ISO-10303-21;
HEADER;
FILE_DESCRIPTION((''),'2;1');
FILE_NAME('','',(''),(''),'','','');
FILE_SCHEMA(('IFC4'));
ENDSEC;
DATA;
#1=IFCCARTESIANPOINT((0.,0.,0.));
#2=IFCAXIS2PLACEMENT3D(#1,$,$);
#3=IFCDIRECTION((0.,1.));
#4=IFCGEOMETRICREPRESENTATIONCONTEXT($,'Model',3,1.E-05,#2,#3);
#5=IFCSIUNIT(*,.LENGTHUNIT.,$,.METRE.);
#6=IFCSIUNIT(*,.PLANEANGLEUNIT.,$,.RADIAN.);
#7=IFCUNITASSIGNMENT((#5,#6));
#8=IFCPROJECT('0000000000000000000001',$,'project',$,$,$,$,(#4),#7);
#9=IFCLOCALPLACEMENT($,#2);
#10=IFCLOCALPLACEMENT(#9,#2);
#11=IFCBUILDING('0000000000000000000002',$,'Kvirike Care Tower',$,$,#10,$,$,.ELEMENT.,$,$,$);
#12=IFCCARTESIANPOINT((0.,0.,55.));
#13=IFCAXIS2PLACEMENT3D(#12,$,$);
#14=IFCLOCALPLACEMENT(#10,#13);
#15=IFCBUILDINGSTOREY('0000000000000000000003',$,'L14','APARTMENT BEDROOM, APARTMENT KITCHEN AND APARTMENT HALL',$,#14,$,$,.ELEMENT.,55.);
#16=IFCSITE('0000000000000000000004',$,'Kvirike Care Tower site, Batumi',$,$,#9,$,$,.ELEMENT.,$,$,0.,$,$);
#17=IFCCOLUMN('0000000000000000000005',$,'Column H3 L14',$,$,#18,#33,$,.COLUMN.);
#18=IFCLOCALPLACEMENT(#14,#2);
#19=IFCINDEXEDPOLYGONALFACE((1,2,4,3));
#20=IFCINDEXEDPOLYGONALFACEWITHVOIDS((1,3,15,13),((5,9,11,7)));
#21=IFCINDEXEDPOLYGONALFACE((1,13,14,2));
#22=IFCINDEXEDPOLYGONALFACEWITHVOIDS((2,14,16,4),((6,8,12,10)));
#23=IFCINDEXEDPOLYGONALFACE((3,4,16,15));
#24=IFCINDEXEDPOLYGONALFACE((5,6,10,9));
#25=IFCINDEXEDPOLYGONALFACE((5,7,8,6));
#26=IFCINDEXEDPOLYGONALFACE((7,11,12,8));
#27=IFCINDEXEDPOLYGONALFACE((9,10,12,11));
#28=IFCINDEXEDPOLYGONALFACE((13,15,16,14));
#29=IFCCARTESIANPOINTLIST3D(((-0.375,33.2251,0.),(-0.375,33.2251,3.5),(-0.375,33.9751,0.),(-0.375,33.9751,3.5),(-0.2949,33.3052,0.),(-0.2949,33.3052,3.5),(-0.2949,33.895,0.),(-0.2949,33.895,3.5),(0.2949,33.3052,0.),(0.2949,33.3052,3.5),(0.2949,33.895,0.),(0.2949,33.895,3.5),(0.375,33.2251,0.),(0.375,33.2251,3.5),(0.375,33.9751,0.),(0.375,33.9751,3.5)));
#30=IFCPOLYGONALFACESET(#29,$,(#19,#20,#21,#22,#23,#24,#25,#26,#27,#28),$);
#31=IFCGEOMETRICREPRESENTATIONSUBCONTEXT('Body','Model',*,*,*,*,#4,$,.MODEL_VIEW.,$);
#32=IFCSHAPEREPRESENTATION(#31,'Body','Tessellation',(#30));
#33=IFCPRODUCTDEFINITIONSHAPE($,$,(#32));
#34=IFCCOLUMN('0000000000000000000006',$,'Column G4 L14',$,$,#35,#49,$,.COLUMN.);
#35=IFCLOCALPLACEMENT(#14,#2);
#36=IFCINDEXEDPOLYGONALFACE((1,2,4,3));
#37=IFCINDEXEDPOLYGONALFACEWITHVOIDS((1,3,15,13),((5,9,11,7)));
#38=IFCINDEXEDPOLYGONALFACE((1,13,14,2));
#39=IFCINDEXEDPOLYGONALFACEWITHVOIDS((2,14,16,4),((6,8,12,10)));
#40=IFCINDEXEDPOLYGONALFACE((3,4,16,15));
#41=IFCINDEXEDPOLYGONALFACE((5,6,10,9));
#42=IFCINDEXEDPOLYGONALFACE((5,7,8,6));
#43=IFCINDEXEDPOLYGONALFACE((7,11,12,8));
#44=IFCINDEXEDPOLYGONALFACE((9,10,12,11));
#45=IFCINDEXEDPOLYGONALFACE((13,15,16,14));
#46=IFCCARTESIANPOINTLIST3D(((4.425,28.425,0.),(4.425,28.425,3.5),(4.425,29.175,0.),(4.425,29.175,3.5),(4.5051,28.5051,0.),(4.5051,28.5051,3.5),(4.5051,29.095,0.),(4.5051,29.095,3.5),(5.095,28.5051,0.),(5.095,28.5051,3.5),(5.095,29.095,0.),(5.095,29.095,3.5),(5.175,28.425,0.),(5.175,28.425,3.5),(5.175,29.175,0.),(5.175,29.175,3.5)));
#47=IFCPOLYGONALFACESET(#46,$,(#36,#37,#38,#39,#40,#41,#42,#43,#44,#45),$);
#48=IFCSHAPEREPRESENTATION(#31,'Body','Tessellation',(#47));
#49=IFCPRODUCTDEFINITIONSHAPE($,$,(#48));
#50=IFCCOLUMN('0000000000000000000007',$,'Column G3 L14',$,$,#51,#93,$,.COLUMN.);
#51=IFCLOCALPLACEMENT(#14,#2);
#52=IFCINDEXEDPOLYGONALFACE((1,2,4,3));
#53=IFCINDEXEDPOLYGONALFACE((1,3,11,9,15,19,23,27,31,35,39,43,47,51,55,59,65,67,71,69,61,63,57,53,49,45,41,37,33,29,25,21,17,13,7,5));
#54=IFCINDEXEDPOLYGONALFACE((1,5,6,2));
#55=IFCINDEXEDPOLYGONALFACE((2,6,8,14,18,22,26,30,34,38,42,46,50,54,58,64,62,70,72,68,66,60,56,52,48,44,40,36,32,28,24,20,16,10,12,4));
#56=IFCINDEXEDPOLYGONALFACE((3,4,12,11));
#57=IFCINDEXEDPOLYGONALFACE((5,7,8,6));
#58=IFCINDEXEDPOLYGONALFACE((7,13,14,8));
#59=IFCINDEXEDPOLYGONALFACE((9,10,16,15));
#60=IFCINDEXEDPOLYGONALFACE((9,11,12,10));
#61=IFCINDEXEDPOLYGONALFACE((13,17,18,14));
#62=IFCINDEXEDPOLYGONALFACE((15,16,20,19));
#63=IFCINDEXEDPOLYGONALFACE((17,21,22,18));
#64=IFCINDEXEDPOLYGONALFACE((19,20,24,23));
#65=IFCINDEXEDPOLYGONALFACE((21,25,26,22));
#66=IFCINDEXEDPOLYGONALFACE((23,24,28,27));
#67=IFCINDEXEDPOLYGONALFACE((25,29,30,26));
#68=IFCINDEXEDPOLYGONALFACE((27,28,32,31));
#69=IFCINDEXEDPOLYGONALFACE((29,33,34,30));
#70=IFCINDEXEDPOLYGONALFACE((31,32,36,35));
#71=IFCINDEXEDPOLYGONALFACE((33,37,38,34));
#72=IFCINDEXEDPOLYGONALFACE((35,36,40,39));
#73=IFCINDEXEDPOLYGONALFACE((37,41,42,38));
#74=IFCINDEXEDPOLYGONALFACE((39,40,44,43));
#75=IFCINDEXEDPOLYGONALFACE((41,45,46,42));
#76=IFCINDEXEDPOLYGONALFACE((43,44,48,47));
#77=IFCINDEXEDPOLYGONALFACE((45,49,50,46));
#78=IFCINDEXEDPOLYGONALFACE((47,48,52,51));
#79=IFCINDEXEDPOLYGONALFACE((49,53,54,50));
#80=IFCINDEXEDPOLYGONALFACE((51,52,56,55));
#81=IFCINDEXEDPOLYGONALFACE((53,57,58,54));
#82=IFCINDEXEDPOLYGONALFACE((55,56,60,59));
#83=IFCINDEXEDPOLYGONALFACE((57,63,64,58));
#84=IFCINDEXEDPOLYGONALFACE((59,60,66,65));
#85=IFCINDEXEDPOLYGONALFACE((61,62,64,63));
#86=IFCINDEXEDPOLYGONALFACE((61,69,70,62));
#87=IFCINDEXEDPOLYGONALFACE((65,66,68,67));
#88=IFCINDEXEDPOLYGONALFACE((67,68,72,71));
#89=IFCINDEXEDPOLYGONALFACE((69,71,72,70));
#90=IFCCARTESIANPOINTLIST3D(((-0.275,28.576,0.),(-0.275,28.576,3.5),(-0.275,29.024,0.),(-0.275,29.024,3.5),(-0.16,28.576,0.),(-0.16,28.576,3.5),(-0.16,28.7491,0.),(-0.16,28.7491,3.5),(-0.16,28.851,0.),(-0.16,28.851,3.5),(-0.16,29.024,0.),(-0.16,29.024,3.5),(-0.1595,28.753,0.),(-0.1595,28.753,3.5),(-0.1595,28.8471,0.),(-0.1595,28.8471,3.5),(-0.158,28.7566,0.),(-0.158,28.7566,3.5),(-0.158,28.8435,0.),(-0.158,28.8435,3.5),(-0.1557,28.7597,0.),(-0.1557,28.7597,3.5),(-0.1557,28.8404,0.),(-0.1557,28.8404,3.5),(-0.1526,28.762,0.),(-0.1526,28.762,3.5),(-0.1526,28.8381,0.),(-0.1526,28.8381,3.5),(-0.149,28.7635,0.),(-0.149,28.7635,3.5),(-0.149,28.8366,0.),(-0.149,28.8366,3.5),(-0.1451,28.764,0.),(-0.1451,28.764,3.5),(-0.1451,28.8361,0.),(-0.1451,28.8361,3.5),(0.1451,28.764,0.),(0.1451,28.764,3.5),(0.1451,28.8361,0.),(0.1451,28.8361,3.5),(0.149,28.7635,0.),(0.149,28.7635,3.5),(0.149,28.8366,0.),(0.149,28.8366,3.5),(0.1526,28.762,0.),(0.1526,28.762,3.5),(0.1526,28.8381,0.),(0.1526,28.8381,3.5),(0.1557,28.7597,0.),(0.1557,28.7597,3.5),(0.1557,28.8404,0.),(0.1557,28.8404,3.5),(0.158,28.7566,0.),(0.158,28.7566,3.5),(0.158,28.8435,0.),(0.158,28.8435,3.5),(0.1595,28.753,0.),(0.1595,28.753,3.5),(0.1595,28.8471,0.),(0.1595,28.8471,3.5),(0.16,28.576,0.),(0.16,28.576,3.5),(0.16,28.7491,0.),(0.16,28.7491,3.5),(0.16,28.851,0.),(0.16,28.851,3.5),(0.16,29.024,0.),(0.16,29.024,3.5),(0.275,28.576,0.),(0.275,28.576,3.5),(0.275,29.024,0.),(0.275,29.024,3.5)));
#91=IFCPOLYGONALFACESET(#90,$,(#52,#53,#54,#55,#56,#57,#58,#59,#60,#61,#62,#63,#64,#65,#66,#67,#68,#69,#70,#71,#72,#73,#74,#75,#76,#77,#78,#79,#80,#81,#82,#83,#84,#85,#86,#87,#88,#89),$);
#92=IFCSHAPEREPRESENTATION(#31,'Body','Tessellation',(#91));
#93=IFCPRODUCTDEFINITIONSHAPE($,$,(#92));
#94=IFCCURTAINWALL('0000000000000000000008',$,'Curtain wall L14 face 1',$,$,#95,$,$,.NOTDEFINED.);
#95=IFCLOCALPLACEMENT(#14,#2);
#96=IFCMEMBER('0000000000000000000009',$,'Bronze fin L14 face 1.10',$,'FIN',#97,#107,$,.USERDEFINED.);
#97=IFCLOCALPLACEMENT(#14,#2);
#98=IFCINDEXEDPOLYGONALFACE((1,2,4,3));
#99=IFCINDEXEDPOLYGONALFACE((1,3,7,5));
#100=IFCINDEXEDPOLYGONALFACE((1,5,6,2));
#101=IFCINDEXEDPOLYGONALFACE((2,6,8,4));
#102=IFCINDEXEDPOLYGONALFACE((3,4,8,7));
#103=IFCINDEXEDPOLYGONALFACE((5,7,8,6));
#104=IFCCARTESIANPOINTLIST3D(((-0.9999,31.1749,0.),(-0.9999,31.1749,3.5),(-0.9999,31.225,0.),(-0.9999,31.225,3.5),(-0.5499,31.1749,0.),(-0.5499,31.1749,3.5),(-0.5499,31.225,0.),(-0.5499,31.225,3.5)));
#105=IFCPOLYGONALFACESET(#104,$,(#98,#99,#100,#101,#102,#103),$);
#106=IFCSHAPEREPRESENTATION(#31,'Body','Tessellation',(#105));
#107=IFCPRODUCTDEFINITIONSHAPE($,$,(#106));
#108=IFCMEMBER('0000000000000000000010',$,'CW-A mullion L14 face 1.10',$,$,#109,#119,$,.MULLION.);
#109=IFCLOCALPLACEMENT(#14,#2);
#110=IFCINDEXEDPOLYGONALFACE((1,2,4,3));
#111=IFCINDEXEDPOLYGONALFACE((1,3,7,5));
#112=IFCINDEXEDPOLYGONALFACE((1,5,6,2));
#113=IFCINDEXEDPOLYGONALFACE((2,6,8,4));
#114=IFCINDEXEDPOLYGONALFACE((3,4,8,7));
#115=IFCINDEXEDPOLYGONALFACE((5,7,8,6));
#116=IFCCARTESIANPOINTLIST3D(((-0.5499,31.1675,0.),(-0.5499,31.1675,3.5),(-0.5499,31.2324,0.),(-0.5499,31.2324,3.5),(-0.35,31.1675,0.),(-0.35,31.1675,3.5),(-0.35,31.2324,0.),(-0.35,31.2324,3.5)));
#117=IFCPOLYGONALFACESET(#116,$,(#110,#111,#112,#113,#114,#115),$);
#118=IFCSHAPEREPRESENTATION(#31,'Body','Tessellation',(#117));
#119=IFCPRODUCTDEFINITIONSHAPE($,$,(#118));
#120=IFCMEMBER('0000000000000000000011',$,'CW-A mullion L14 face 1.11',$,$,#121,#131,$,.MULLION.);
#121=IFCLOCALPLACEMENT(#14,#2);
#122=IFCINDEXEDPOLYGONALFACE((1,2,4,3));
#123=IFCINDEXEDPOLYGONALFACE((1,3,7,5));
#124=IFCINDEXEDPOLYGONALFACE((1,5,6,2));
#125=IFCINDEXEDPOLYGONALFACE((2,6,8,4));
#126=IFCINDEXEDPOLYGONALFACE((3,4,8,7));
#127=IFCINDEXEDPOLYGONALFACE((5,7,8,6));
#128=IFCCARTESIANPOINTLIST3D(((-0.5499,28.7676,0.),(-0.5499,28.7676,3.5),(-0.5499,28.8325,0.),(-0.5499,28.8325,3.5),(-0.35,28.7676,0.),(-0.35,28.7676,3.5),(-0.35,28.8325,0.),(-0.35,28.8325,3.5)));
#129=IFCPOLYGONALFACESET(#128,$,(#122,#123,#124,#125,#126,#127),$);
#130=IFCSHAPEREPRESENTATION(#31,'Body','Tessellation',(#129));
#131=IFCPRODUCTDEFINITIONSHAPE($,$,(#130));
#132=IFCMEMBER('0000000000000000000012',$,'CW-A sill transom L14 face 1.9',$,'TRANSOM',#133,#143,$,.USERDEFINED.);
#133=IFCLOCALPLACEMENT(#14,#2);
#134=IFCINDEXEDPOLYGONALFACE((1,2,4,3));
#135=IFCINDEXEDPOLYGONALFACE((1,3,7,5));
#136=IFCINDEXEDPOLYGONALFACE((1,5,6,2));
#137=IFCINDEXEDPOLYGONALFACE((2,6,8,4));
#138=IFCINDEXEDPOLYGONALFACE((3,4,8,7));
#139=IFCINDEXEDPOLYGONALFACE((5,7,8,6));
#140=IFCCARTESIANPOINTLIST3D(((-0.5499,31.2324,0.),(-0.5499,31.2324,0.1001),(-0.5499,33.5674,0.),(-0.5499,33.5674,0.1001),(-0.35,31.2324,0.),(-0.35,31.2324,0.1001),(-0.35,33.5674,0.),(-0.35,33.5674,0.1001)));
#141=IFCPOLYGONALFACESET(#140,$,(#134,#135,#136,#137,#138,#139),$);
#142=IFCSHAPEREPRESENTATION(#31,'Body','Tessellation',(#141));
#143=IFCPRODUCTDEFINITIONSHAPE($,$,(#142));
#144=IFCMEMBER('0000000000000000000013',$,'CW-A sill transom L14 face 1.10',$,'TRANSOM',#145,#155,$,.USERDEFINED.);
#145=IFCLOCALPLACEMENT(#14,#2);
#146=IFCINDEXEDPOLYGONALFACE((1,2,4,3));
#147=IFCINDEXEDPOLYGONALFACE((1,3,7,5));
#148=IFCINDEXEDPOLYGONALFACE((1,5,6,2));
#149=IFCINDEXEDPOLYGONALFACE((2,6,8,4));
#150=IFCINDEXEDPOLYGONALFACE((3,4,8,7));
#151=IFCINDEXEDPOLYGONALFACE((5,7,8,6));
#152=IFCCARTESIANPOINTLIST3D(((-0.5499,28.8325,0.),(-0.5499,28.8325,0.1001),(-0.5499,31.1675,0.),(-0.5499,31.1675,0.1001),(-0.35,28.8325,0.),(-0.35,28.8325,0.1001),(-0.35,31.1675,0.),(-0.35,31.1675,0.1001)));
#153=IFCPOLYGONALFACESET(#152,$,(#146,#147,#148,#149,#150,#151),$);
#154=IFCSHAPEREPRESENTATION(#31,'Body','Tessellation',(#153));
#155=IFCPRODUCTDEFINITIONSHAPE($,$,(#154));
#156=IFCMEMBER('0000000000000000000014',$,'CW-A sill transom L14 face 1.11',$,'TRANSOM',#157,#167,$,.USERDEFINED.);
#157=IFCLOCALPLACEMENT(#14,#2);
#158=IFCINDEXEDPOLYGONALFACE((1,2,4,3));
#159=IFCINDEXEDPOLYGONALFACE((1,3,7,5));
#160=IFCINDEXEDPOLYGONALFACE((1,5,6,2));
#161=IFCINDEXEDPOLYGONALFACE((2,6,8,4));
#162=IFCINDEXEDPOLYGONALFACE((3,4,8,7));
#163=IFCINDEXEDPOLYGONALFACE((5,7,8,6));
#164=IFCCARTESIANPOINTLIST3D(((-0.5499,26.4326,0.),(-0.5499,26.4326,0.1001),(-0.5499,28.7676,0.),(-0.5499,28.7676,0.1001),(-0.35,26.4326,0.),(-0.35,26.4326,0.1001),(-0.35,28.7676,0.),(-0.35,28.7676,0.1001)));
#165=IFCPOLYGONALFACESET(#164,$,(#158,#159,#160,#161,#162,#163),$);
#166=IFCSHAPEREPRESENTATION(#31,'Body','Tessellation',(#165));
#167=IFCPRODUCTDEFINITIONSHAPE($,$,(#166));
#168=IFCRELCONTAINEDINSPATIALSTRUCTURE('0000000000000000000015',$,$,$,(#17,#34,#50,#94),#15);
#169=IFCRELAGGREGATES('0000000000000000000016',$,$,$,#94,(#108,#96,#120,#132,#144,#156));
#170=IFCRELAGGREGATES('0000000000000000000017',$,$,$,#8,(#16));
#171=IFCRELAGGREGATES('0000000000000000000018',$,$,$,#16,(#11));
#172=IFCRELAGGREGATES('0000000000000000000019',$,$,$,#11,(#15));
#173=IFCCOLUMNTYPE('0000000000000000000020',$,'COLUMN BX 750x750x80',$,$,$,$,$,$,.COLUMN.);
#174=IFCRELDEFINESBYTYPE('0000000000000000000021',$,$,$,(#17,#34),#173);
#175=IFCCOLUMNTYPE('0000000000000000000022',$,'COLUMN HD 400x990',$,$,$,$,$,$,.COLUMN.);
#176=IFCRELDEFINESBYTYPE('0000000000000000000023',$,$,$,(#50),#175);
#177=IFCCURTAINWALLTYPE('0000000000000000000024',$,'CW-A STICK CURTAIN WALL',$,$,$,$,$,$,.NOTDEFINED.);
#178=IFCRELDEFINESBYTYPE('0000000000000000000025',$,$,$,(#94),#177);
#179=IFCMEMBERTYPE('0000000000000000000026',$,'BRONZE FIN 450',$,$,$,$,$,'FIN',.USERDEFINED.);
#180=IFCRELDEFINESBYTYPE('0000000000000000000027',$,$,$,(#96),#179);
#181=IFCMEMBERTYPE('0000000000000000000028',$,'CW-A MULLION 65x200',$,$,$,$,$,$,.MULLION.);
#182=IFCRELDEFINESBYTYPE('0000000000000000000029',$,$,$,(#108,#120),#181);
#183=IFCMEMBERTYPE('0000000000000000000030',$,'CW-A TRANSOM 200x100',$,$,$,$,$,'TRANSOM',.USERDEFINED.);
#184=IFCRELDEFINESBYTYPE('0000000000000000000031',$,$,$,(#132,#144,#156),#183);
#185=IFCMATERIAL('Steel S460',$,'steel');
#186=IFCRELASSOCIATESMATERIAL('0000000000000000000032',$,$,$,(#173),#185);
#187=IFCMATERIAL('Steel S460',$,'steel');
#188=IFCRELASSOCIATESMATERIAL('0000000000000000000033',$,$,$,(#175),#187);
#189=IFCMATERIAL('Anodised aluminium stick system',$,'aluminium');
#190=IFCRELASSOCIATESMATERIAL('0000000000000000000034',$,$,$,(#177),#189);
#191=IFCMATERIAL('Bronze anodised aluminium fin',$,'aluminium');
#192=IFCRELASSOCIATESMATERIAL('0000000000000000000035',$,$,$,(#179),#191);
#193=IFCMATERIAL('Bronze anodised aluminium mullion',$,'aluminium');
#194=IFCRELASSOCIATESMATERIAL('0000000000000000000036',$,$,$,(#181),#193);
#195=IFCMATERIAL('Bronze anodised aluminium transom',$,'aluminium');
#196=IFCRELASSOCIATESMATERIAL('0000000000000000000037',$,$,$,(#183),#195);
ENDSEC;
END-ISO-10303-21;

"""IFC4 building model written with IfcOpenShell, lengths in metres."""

from ifc_helpers import new_model, si_unit, direction, frame, origin, origin_2d, place, context, subcontext, project, spatial, rectangle, hollow_rectangle, i_section, extrude, material, material_profile, profile_set, type_object, element, aggregate, save


model = new_model("IFC4")

# Units and contexts
model_context = context("Model", 3, precision=1e-05, world=origin(), true_north=direction((0.0, 1.0)))
body_context = subcontext(model_context, "Body", "Model", "MODEL_VIEW")
ifc_project = project(units=[si_unit("LENGTHUNIT", "METRE"), si_unit("PLANEANGLEUNIT", "RADIAN")], contexts=[model_context])

# Site, building, storey
site_placement = place(None, origin())
site = spatial("IfcSite", under=ifc_project, at=site_placement, Name="Kvirike Care Tower site, Batumi", CompositionType="ELEMENT", RefElevation=0.0)
building_placement = place(site_placement, origin())
building = spatial("IfcBuilding", under=site, at=building_placement, Name="Kvirike Care Tower", CompositionType="ELEMENT")
storey_placement = place(building_placement, frame((0.0, 0.0, 55.0)))
storey = spatial("IfcBuildingStorey", under=building, at=storey_placement, Name="L14", Description="APARTMENT BEDROOM, APARTMENT KITCHEN AND APARTMENT HALL", CompositionType="ELEMENT", Elevation=55.0)

# Columns
ifc_material_1 = material(Name="Steel S460", Category="steel")
ifc_material_profile_1 = material_profile(ifc_material_1, hollow_rectangle(XDim=0.75, YDim=0.75, WallThickness=0.0801, at=origin_2d()), Name="BX 750x750x80")
ifc_profile_set_1 = profile_set([ifc_material_profile_1], Name="Steel S460")
column_type_1 = type_object("IfcColumnType", Name="COLUMN BX 750x750x80", PredefinedType="COLUMN", material=ifc_profile_set_1)
for number, where, z_axis, x_axis, name in (
    (1, (0.0, 33.6001, 0.0), (0.0, 0.0, 1.0), (1.0, 0.0, 0.0), "Column H3 L14"),
    (2, (4.8, 28.8, 0.0), (0.0, 0.0, 1.0), (0.0, 1.0, 0.0), "Column G4 L14"),
):
    element("IfcColumn", number, at=place(storey_placement, frame(where, z_axis=z_axis, x_axis=x_axis)), inside=storey, type_object=column_type_1, Name=name, PredefinedType="COLUMN", context=body_context, shape_type="SweptSolid", body=[
        extrude(hollow_rectangle(XDim=0.75, YDim=0.75, WallThickness=0.0801, at=origin_2d()), origin(), (0.0, 0.0, 1.0), 3.5),
    ])
ifc_material_2 = material(Name="Steel S460", Category="steel")
ifc_material_profile_2 = material_profile(ifc_material_2, i_section(OverallWidth=0.448, OverallDepth=0.55, WebThickness=0.072, FlangeThickness=0.115, FilletRadius=0.0149, at=origin_2d()), Name="HD 400x990")
ifc_profile_set_2 = profile_set([ifc_material_profile_2], Name="Steel S460")
column_type_2 = type_object("IfcColumnType", Name="COLUMN HD 400x990", PredefinedType="COLUMN", material=ifc_profile_set_2)
column_placement = place(storey_placement, frame((0.0, 28.8, 0.0), z_axis=(0.0, 0.0, 1.0), x_axis=(0.0, 1.0, 0.0)))
element("IfcColumn", 3, at=column_placement, inside=storey, type_object=column_type_2, Name="Column G3 L14", PredefinedType="COLUMN", context=body_context, shape_type="SweptSolid", body=[
    extrude(i_section(OverallWidth=0.448, OverallDepth=0.55, WebThickness=0.072, FlangeThickness=0.115, FilletRadius=0.0149, at=origin_2d()), origin(), (0.0, 0.0, 1.0), 3.5),
])

# Curtain wall, members
ifc_material_3 = material(Name="Anodised aluminium stick system", Category="aluminium")
curtain_wall_type = type_object("IfcCurtainWallType", Name="CW-A STICK CURTAIN WALL", PredefinedType="NOTDEFINED", material=ifc_material_3)
curtain_wall_placement = place(storey_placement, origin())
curtain_wall = element("IfcCurtainWall", 4, at=curtain_wall_placement, inside=storey, type_object=curtain_wall_type, Name="Curtain wall L14 face 1", PredefinedType="NOTDEFINED")
ifc_material_4 = material(Name="Bronze anodised aluminium fin", Category="aluminium")
ifc_material_profile_3 = material_profile(ifc_material_4, rectangle(XDim=0.05, YDim=0.45, at=origin_2d()), Name="BRONZE FIN 450")
ifc_profile_set_3 = profile_set([ifc_material_profile_3], Name="Bronze anodised aluminium fin")
member_type_1 = type_object("IfcMemberType", Name="BRONZE FIN 450", ElementType="FIN", PredefinedType="USERDEFINED", material=ifc_profile_set_3)
member_1_placement = place(storey_placement, frame((-0.7749, 31.2, 0.0), z_axis=(0.0, 0.0, 1.0), x_axis=(0.0, -1.0, 0.0)))
member_1 = element("IfcMember", 5, at=member_1_placement, type_object=member_type_1, Name="Bronze fin L14 face 1.10", ObjectType="FIN", PredefinedType="USERDEFINED", context=body_context, shape_type="SweptSolid", body=[
    extrude(rectangle(XDim=0.05, YDim=0.45, at=origin_2d()), origin(), (0.0, 0.0, 1.0), 3.5),
])
ifc_material_5 = material(Name="Bronze anodised aluminium mullion", Category="aluminium")
ifc_material_profile_4 = material_profile(ifc_material_5, rectangle(XDim=0.0649, YDim=0.2, at=origin_2d()), Name="CW-A MULLION 65x200")
ifc_profile_set_4 = profile_set([ifc_material_profile_4], Name="Bronze anodised aluminium mullion")
member_type_2 = type_object("IfcMemberType", Name="CW-A MULLION 65x200", PredefinedType="MULLION", material=ifc_profile_set_4)
member_2_placement = place(storey_placement, frame((-0.45, 31.2, 0.0), z_axis=(0.0, 0.0, 1.0), x_axis=(0.0, -1.0, 0.0)))
member_2 = element("IfcMember", 6, at=member_2_placement, type_object=member_type_2, Name="CW-A mullion L14 face 1.10", PredefinedType="MULLION", context=body_context, shape_type="SweptSolid", body=[
    extrude(rectangle(XDim=0.0649, YDim=0.2, at=origin_2d()), origin(), (0.0, 0.0, 1.0), 3.5),
])
member_3_placement = place(storey_placement, frame((-0.45, 28.8, 0.0), z_axis=(0.0, 0.0, 1.0), x_axis=(0.0, -1.0, 0.0)))
member_3 = element("IfcMember", 7, at=member_3_placement, type_object=member_type_2, Name="CW-A mullion L14 face 1.11", PredefinedType="MULLION", context=body_context, shape_type="SweptSolid", body=[
    extrude(rectangle(XDim=0.0649, YDim=0.2, at=origin_2d()), origin(), (0.0, 0.0, 1.0), 3.5),
])
ifc_material_6 = material(Name="Bronze anodised aluminium transom", Category="aluminium")
ifc_material_profile_5 = material_profile(ifc_material_6, rectangle(XDim=0.2, YDim=0.1001, at=origin_2d()), Name="CW-A TRANSOM 200x100")
ifc_profile_set_5 = profile_set([ifc_material_profile_5], Name="Bronze anodised aluminium transom")
member_type_3 = type_object("IfcMemberType", Name="CW-A TRANSOM 200x100", ElementType="TRANSOM", PredefinedType="USERDEFINED", material=ifc_profile_set_5)
member_4_placement = place(storey_placement, frame((-0.45, 33.5674, 0.05), z_axis=(0.0, -1.0, 0.0), x_axis=(1.0, 0.0, 0.0)))
member_4 = element("IfcMember", 8, at=member_4_placement, type_object=member_type_3, Name="CW-A sill transom L14 face 1.9", ObjectType="TRANSOM", PredefinedType="USERDEFINED", context=body_context, shape_type="SweptSolid", body=[
    extrude(rectangle(XDim=0.2, YDim=0.1001, at=origin_2d()), origin(), (0.0, 0.0, 1.0), 2.335),
])
member_5_placement = place(storey_placement, frame((-0.45, 31.1675, 0.05), z_axis=(0.0, -1.0, 0.0), x_axis=(1.0, 0.0, 0.0)))
member_5 = element("IfcMember", 9, at=member_5_placement, type_object=member_type_3, Name="CW-A sill transom L14 face 1.10", ObjectType="TRANSOM", PredefinedType="USERDEFINED", context=body_context, shape_type="SweptSolid", body=[
    extrude(rectangle(XDim=0.2, YDim=0.1001, at=origin_2d()), origin(), (0.0, 0.0, 1.0), 2.335),
])
member_6_placement = place(storey_placement, frame((-0.45, 28.7676, 0.05), z_axis=(0.0, -1.0, 0.0), x_axis=(1.0, 0.0, 0.0)))
member_6 = element("IfcMember", 10, at=member_6_placement, type_object=member_type_3, Name="CW-A sill transom L14 face 1.11", ObjectType="TRANSOM", PredefinedType="USERDEFINED", context=body_context, shape_type="SweptSolid", body=[
    extrude(rectangle(XDim=0.2, YDim=0.1001, at=origin_2d()), origin(), (0.0, 0.0, 1.0), 2.335),
])

aggregate(curtain_wall, [member_2, member_1, member_3, member_4, member_5, member_6])

save(model, "model.ifc")
